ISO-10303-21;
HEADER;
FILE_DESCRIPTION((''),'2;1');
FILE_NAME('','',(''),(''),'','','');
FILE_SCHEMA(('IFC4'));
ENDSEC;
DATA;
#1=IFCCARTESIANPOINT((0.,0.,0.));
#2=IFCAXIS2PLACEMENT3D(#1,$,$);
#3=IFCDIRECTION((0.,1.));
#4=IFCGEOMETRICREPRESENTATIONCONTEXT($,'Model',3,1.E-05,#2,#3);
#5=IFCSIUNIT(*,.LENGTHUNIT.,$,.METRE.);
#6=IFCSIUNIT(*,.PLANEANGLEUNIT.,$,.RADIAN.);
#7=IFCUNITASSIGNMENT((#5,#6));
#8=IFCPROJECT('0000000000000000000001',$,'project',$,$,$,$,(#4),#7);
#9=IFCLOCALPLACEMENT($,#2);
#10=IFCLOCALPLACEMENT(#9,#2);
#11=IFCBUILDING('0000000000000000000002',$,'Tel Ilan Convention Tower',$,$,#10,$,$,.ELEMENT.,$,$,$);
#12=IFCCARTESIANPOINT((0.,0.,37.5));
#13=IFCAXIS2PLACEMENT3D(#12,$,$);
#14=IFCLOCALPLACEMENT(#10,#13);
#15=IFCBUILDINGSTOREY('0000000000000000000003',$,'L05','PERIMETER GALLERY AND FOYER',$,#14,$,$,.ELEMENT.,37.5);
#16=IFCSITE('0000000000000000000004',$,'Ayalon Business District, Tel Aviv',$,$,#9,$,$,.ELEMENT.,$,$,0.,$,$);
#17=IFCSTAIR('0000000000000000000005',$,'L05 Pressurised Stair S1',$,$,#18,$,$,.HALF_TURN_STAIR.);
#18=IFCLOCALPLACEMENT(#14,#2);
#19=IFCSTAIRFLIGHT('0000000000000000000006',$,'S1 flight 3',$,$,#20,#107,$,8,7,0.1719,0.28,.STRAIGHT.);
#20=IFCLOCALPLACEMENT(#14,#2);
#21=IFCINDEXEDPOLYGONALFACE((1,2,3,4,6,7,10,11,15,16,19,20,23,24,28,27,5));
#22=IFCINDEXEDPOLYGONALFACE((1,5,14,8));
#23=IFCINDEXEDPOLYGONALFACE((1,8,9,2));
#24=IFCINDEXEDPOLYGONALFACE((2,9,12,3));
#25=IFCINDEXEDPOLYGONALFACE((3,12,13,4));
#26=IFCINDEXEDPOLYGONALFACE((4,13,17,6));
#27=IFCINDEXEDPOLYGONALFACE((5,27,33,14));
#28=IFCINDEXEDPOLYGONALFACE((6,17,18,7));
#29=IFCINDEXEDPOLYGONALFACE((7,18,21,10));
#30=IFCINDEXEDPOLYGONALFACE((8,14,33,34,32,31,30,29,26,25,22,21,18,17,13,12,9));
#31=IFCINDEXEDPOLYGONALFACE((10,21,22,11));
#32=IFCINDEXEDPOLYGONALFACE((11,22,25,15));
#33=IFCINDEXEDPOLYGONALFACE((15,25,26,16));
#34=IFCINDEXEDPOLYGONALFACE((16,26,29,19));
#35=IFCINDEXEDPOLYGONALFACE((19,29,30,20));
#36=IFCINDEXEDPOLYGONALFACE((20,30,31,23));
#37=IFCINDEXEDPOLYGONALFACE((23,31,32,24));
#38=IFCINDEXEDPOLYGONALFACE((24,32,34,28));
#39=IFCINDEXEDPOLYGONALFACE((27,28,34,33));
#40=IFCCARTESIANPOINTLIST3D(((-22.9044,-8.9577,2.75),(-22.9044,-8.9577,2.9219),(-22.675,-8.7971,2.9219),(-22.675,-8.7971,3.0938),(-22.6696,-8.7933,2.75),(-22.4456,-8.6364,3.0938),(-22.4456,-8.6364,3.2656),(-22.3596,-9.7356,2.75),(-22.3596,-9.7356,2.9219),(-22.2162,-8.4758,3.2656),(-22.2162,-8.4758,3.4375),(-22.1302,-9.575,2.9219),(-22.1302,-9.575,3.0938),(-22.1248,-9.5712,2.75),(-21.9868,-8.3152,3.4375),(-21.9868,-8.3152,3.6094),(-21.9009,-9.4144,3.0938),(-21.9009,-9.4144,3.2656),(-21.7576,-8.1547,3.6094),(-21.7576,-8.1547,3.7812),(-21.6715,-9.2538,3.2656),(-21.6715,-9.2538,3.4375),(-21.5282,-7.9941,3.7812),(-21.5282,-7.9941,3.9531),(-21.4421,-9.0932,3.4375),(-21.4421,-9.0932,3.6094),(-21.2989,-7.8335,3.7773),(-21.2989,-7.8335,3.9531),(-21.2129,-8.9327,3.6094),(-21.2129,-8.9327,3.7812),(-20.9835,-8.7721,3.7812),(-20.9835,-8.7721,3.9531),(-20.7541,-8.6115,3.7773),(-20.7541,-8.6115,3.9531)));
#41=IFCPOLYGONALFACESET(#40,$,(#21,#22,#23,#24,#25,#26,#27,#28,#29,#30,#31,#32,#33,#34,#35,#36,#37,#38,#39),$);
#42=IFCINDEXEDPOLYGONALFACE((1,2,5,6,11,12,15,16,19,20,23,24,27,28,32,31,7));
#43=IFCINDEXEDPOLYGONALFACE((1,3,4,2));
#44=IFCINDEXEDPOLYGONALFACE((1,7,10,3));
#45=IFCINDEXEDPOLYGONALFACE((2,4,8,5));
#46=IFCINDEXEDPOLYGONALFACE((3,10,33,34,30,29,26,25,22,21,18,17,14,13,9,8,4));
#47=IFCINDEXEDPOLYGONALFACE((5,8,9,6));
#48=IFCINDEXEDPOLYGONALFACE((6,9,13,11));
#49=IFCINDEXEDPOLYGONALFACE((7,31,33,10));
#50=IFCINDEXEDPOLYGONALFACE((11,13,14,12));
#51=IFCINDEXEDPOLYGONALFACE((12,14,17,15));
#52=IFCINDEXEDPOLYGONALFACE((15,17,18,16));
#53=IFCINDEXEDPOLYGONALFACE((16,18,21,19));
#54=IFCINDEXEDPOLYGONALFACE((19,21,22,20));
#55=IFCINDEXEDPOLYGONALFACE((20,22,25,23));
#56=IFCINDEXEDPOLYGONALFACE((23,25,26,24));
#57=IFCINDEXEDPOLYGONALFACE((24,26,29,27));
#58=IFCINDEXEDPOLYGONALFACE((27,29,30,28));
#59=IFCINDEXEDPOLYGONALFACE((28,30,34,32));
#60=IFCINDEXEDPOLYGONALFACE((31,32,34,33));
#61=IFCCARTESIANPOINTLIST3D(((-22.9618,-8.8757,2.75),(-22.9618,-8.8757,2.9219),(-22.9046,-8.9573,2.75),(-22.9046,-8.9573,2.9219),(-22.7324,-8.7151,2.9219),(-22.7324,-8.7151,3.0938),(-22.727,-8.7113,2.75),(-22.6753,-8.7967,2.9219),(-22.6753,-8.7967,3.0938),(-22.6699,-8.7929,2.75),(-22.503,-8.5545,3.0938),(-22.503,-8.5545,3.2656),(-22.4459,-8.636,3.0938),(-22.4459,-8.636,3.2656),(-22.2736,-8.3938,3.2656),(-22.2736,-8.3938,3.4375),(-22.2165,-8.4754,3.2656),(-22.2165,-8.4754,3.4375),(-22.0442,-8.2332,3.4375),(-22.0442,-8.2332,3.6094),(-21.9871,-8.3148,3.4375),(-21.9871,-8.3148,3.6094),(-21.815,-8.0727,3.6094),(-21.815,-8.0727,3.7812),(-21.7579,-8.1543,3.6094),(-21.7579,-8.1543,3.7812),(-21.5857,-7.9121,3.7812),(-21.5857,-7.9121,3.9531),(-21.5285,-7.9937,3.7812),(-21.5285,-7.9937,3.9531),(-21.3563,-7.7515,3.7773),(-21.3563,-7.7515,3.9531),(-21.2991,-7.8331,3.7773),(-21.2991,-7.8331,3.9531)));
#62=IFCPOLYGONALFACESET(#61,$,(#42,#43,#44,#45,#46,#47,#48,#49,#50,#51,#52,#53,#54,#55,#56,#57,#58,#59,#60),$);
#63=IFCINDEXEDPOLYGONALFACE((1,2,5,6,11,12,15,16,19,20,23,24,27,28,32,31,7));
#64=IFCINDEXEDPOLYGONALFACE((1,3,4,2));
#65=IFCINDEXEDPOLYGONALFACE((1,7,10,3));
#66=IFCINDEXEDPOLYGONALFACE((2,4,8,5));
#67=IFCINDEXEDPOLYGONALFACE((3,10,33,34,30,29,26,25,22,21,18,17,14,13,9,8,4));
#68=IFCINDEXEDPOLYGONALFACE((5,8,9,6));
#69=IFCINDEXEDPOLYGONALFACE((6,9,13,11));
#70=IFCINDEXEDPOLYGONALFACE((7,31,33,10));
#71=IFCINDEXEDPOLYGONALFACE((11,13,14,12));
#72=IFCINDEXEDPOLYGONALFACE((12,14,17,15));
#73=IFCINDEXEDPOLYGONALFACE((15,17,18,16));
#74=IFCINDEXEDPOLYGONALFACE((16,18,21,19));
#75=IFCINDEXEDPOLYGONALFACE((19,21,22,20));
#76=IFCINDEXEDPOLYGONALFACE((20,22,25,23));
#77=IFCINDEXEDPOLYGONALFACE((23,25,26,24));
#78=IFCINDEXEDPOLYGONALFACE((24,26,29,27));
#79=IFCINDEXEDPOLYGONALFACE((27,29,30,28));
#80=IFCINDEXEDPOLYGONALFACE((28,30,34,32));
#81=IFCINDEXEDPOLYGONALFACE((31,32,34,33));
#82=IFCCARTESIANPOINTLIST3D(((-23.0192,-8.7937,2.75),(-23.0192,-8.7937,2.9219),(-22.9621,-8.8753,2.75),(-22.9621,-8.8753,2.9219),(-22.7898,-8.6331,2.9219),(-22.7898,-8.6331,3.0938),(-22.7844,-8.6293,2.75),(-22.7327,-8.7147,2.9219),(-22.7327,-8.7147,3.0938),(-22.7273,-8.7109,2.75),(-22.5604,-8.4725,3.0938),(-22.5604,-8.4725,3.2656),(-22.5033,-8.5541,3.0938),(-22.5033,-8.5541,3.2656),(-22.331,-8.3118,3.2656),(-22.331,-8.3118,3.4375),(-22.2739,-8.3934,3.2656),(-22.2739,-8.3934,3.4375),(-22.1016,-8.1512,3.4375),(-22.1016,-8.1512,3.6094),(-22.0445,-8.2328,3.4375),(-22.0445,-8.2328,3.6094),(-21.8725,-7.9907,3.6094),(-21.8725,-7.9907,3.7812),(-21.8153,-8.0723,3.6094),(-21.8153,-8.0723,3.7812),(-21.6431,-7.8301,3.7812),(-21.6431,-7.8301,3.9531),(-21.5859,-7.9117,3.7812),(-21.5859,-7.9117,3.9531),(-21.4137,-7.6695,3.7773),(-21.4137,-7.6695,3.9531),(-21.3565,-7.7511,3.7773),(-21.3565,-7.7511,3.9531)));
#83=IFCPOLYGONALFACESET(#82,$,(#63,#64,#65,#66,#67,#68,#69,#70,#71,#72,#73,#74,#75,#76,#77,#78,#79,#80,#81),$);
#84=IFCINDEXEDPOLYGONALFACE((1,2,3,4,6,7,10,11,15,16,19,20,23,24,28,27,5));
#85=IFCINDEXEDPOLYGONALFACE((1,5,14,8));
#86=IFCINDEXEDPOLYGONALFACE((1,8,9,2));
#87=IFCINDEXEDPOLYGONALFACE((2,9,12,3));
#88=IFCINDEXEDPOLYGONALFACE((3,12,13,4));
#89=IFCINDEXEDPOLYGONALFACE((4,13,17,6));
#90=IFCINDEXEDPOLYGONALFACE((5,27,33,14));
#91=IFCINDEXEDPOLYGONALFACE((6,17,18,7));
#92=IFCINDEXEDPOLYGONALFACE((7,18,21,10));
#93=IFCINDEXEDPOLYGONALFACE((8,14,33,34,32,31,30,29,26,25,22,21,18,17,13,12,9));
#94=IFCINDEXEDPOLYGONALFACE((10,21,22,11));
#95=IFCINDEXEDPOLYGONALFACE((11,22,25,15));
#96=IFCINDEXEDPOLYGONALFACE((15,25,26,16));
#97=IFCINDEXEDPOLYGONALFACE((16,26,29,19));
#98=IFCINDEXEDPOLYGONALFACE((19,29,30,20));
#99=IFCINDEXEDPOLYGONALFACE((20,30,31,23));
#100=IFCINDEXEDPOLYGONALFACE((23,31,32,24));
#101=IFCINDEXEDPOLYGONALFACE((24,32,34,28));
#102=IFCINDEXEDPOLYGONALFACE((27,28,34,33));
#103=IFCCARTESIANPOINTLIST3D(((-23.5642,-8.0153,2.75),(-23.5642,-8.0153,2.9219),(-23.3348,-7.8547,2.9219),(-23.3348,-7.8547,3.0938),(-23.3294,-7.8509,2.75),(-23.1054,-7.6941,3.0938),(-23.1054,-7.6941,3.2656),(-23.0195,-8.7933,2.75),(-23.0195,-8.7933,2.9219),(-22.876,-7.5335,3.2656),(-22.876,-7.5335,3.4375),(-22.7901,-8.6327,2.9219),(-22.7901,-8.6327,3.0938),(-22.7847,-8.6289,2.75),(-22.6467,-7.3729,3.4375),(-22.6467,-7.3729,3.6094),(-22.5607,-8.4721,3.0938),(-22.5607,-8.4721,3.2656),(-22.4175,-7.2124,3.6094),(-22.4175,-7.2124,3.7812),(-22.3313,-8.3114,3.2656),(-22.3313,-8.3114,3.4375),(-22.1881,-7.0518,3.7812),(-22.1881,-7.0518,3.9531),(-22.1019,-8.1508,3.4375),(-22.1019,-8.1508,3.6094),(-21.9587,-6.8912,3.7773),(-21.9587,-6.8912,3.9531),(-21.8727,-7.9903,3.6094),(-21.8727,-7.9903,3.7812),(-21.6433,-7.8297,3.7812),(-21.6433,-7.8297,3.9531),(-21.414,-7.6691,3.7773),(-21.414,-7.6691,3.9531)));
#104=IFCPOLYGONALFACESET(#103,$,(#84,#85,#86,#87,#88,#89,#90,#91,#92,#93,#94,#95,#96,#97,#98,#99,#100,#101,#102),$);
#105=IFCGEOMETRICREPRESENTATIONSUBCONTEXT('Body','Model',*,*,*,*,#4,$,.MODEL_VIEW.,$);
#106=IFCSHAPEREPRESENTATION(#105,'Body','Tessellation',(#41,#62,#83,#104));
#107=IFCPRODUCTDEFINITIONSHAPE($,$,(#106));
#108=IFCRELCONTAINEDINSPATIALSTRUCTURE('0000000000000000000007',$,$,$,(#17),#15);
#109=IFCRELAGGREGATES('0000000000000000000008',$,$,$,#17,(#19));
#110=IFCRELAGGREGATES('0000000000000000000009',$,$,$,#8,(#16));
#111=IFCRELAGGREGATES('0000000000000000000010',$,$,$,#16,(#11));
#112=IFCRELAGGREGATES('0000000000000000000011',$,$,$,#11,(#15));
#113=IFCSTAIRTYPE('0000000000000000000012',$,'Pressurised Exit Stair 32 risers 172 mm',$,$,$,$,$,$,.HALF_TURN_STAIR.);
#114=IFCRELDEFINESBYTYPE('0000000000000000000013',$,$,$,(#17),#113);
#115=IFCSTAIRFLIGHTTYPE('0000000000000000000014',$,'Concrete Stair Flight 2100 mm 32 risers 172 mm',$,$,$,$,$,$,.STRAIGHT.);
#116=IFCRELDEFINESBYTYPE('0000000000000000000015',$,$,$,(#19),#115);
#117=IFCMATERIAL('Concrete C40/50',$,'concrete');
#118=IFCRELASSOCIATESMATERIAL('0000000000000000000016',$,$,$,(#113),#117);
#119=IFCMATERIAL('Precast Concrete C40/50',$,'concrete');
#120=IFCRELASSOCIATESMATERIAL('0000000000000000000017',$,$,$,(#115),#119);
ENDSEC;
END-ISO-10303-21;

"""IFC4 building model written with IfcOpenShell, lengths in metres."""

from ifc_helpers import new_model, si_unit, direction, frame, origin, place, context, subcontext, project, spatial, polyline, outline, extrude, material, type_object, element, aggregate, save


model = new_model("IFC4")

# Units and contexts
model_context = context("Model", 3, precision=1e-05, world=origin(), true_north=direction((0.0, 1.0)))
body_context = subcontext(model_context, "Body", "Model", "MODEL_VIEW")
ifc_project = project(units=[si_unit("LENGTHUNIT", "METRE"), si_unit("PLANEANGLEUNIT", "RADIAN")], contexts=[model_context])

# Site, building, storey
site_placement = place(None, origin())
site = spatial("IfcSite", under=ifc_project, at=site_placement, Name="Ayalon Business District, Tel Aviv", CompositionType="ELEMENT", RefElevation=0.0)
building_placement = place(site_placement, origin())
building = spatial("IfcBuilding", under=site, at=building_placement, Name="Tel Ilan Convention Tower", CompositionType="ELEMENT")
storey_placement = place(building_placement, frame((0.0, 0.0, 37.5)))
storey = spatial("IfcBuildingStorey", under=building, at=storey_placement, Name="L05", Description="PERIMETER GALLERY AND FOYER", CompositionType="ELEMENT", Elevation=37.5)

# Stair, stair flight
ifc_material_1 = material(Name="Concrete C40/50", Category="concrete")
stair_type = type_object("IfcStairType", Name="Pressurised Exit Stair 32 risers 172 mm", PredefinedType="HALF_TURN_STAIR", material=ifc_material_1)
stair_placement = place(storey_placement, origin())
stair = element("IfcStair", 1, at=stair_placement, inside=storey, type_object=stair_type, Name="L05 Pressurised Stair S1", PredefinedType="HALF_TURN_STAIR")
ifc_material_2 = material(Name="Precast Concrete C40/50", Category="concrete")
stair_flight_type = type_object("IfcStairFlightType", Name="Concrete Stair Flight 2100 mm 32 risers 172 mm", PredefinedType="STRAIGHT", material=ifc_material_2)
stair_flight_1_placement = place(storey_placement, frame((-22.9619, -8.8755, 2.75), z_axis=(0.0, 0.0, 1.0), x_axis=(0.819152, 0.573576, 0.0)))
stair_flight_1 = element("IfcStairFlight", 2, at=stair_flight_1_placement, type_object=stair_flight_type, Name="S1 flight 3", NumberOfRisers=8, NumberOfTreads=7, PredefinedType="STRAIGHT", RiserHeight=0.1719, TreadLength=0.28, context=body_context, shape_type="SweptSolid", body=[
    extrude(outline(polyline([(0.0, 0.0), (0.0, 0.1719), (0.28, 0.1719), (0.28, 0.3438), (0.5601, 0.3438), (0.5601, 0.5156), (0.8401, 0.5156), (0.8401, 0.6875), (1.1201, 0.6875), (1.1201, 0.8594), (1.3999, 0.8594), (1.3999, 1.0312), (1.6799, 1.0312), (1.6799, 1.2031), (1.96, 1.2031), (1.96, 1.375), (1.96, 1.0273), (0.2866, 0.0), (0.0, 0.0)])), frame((0.0, -0.1003, 0.0), z_axis=(0.0, -1.0, 0.0), x_axis=(1.0, 0.0, 0.0)), (0.0, 0.0, 1.0), 0.9497),
    extrude(outline(polyline([(0.0, 0.0), (0.0, 0.1719), (0.28, 0.1719), (0.28, 0.3438), (0.5601, 0.3438), (0.5601, 0.5156), (0.8401, 0.5156), (0.8401, 0.6875), (1.1201, 0.6875), (1.1201, 0.8594), (1.3999, 0.8594), (1.3999, 1.0312), (1.6799, 1.0312), (1.6799, 1.2031), (1.96, 1.2031), (1.96, 1.375), (1.96, 1.0273), (0.2866, 0.0), (0.0, 0.0)])), frame((0.0, -0.0002, 0.0), z_axis=(0.0, -1.0, 0.0), x_axis=(1.0, 0.0, 0.0)), (0.0, 0.0, 1.0), 0.0996),
    extrude(outline(polyline([(0.0, 0.0), (0.0, 0.1719), (0.28, 0.1719), (0.28, 0.3438), (0.5601, 0.3438), (0.5601, 0.5156), (0.8401, 0.5156), (0.8401, 0.6875), (1.1201, 0.6875), (1.1201, 0.8594), (1.3999, 0.8594), (1.3999, 1.0312), (1.6799, 1.0312), (1.6799, 1.2031), (1.96, 1.2031), (1.96, 1.375), (1.96, 1.0273), (0.2866, 0.0), (0.0, 0.0)])), frame((0.0, 0.0999, 0.0), z_axis=(0.0, -1.0, 0.0), x_axis=(1.0, 0.0, 0.0)), (0.0, 0.0, 1.0), 0.0996),
    extrude(outline(polyline([(0.0, 0.0), (0.0, 0.1719), (0.28, 0.1719), (0.28, 0.3438), (0.5601, 0.3438), (0.5601, 0.5156), (0.8401, 0.5156), (0.8401, 0.6875), (1.1201, 0.6875), (1.1201, 0.8594), (1.3999, 0.8594), (1.3999, 1.0312), (1.6799, 1.0312), (1.6799, 1.2031), (1.96, 1.2031), (1.96, 1.375), (1.96, 1.0273), (0.2866, 0.0), (0.0, 0.0)])), frame((0.0, 1.05, 0.0), z_axis=(0.0, -1.0, 0.0), x_axis=(1.0, 0.0, 0.0)), (0.0, 0.0, 1.0), 0.9497),
])
aggregate(stair, [stair_flight_1])

save(model, "model.ifc")
